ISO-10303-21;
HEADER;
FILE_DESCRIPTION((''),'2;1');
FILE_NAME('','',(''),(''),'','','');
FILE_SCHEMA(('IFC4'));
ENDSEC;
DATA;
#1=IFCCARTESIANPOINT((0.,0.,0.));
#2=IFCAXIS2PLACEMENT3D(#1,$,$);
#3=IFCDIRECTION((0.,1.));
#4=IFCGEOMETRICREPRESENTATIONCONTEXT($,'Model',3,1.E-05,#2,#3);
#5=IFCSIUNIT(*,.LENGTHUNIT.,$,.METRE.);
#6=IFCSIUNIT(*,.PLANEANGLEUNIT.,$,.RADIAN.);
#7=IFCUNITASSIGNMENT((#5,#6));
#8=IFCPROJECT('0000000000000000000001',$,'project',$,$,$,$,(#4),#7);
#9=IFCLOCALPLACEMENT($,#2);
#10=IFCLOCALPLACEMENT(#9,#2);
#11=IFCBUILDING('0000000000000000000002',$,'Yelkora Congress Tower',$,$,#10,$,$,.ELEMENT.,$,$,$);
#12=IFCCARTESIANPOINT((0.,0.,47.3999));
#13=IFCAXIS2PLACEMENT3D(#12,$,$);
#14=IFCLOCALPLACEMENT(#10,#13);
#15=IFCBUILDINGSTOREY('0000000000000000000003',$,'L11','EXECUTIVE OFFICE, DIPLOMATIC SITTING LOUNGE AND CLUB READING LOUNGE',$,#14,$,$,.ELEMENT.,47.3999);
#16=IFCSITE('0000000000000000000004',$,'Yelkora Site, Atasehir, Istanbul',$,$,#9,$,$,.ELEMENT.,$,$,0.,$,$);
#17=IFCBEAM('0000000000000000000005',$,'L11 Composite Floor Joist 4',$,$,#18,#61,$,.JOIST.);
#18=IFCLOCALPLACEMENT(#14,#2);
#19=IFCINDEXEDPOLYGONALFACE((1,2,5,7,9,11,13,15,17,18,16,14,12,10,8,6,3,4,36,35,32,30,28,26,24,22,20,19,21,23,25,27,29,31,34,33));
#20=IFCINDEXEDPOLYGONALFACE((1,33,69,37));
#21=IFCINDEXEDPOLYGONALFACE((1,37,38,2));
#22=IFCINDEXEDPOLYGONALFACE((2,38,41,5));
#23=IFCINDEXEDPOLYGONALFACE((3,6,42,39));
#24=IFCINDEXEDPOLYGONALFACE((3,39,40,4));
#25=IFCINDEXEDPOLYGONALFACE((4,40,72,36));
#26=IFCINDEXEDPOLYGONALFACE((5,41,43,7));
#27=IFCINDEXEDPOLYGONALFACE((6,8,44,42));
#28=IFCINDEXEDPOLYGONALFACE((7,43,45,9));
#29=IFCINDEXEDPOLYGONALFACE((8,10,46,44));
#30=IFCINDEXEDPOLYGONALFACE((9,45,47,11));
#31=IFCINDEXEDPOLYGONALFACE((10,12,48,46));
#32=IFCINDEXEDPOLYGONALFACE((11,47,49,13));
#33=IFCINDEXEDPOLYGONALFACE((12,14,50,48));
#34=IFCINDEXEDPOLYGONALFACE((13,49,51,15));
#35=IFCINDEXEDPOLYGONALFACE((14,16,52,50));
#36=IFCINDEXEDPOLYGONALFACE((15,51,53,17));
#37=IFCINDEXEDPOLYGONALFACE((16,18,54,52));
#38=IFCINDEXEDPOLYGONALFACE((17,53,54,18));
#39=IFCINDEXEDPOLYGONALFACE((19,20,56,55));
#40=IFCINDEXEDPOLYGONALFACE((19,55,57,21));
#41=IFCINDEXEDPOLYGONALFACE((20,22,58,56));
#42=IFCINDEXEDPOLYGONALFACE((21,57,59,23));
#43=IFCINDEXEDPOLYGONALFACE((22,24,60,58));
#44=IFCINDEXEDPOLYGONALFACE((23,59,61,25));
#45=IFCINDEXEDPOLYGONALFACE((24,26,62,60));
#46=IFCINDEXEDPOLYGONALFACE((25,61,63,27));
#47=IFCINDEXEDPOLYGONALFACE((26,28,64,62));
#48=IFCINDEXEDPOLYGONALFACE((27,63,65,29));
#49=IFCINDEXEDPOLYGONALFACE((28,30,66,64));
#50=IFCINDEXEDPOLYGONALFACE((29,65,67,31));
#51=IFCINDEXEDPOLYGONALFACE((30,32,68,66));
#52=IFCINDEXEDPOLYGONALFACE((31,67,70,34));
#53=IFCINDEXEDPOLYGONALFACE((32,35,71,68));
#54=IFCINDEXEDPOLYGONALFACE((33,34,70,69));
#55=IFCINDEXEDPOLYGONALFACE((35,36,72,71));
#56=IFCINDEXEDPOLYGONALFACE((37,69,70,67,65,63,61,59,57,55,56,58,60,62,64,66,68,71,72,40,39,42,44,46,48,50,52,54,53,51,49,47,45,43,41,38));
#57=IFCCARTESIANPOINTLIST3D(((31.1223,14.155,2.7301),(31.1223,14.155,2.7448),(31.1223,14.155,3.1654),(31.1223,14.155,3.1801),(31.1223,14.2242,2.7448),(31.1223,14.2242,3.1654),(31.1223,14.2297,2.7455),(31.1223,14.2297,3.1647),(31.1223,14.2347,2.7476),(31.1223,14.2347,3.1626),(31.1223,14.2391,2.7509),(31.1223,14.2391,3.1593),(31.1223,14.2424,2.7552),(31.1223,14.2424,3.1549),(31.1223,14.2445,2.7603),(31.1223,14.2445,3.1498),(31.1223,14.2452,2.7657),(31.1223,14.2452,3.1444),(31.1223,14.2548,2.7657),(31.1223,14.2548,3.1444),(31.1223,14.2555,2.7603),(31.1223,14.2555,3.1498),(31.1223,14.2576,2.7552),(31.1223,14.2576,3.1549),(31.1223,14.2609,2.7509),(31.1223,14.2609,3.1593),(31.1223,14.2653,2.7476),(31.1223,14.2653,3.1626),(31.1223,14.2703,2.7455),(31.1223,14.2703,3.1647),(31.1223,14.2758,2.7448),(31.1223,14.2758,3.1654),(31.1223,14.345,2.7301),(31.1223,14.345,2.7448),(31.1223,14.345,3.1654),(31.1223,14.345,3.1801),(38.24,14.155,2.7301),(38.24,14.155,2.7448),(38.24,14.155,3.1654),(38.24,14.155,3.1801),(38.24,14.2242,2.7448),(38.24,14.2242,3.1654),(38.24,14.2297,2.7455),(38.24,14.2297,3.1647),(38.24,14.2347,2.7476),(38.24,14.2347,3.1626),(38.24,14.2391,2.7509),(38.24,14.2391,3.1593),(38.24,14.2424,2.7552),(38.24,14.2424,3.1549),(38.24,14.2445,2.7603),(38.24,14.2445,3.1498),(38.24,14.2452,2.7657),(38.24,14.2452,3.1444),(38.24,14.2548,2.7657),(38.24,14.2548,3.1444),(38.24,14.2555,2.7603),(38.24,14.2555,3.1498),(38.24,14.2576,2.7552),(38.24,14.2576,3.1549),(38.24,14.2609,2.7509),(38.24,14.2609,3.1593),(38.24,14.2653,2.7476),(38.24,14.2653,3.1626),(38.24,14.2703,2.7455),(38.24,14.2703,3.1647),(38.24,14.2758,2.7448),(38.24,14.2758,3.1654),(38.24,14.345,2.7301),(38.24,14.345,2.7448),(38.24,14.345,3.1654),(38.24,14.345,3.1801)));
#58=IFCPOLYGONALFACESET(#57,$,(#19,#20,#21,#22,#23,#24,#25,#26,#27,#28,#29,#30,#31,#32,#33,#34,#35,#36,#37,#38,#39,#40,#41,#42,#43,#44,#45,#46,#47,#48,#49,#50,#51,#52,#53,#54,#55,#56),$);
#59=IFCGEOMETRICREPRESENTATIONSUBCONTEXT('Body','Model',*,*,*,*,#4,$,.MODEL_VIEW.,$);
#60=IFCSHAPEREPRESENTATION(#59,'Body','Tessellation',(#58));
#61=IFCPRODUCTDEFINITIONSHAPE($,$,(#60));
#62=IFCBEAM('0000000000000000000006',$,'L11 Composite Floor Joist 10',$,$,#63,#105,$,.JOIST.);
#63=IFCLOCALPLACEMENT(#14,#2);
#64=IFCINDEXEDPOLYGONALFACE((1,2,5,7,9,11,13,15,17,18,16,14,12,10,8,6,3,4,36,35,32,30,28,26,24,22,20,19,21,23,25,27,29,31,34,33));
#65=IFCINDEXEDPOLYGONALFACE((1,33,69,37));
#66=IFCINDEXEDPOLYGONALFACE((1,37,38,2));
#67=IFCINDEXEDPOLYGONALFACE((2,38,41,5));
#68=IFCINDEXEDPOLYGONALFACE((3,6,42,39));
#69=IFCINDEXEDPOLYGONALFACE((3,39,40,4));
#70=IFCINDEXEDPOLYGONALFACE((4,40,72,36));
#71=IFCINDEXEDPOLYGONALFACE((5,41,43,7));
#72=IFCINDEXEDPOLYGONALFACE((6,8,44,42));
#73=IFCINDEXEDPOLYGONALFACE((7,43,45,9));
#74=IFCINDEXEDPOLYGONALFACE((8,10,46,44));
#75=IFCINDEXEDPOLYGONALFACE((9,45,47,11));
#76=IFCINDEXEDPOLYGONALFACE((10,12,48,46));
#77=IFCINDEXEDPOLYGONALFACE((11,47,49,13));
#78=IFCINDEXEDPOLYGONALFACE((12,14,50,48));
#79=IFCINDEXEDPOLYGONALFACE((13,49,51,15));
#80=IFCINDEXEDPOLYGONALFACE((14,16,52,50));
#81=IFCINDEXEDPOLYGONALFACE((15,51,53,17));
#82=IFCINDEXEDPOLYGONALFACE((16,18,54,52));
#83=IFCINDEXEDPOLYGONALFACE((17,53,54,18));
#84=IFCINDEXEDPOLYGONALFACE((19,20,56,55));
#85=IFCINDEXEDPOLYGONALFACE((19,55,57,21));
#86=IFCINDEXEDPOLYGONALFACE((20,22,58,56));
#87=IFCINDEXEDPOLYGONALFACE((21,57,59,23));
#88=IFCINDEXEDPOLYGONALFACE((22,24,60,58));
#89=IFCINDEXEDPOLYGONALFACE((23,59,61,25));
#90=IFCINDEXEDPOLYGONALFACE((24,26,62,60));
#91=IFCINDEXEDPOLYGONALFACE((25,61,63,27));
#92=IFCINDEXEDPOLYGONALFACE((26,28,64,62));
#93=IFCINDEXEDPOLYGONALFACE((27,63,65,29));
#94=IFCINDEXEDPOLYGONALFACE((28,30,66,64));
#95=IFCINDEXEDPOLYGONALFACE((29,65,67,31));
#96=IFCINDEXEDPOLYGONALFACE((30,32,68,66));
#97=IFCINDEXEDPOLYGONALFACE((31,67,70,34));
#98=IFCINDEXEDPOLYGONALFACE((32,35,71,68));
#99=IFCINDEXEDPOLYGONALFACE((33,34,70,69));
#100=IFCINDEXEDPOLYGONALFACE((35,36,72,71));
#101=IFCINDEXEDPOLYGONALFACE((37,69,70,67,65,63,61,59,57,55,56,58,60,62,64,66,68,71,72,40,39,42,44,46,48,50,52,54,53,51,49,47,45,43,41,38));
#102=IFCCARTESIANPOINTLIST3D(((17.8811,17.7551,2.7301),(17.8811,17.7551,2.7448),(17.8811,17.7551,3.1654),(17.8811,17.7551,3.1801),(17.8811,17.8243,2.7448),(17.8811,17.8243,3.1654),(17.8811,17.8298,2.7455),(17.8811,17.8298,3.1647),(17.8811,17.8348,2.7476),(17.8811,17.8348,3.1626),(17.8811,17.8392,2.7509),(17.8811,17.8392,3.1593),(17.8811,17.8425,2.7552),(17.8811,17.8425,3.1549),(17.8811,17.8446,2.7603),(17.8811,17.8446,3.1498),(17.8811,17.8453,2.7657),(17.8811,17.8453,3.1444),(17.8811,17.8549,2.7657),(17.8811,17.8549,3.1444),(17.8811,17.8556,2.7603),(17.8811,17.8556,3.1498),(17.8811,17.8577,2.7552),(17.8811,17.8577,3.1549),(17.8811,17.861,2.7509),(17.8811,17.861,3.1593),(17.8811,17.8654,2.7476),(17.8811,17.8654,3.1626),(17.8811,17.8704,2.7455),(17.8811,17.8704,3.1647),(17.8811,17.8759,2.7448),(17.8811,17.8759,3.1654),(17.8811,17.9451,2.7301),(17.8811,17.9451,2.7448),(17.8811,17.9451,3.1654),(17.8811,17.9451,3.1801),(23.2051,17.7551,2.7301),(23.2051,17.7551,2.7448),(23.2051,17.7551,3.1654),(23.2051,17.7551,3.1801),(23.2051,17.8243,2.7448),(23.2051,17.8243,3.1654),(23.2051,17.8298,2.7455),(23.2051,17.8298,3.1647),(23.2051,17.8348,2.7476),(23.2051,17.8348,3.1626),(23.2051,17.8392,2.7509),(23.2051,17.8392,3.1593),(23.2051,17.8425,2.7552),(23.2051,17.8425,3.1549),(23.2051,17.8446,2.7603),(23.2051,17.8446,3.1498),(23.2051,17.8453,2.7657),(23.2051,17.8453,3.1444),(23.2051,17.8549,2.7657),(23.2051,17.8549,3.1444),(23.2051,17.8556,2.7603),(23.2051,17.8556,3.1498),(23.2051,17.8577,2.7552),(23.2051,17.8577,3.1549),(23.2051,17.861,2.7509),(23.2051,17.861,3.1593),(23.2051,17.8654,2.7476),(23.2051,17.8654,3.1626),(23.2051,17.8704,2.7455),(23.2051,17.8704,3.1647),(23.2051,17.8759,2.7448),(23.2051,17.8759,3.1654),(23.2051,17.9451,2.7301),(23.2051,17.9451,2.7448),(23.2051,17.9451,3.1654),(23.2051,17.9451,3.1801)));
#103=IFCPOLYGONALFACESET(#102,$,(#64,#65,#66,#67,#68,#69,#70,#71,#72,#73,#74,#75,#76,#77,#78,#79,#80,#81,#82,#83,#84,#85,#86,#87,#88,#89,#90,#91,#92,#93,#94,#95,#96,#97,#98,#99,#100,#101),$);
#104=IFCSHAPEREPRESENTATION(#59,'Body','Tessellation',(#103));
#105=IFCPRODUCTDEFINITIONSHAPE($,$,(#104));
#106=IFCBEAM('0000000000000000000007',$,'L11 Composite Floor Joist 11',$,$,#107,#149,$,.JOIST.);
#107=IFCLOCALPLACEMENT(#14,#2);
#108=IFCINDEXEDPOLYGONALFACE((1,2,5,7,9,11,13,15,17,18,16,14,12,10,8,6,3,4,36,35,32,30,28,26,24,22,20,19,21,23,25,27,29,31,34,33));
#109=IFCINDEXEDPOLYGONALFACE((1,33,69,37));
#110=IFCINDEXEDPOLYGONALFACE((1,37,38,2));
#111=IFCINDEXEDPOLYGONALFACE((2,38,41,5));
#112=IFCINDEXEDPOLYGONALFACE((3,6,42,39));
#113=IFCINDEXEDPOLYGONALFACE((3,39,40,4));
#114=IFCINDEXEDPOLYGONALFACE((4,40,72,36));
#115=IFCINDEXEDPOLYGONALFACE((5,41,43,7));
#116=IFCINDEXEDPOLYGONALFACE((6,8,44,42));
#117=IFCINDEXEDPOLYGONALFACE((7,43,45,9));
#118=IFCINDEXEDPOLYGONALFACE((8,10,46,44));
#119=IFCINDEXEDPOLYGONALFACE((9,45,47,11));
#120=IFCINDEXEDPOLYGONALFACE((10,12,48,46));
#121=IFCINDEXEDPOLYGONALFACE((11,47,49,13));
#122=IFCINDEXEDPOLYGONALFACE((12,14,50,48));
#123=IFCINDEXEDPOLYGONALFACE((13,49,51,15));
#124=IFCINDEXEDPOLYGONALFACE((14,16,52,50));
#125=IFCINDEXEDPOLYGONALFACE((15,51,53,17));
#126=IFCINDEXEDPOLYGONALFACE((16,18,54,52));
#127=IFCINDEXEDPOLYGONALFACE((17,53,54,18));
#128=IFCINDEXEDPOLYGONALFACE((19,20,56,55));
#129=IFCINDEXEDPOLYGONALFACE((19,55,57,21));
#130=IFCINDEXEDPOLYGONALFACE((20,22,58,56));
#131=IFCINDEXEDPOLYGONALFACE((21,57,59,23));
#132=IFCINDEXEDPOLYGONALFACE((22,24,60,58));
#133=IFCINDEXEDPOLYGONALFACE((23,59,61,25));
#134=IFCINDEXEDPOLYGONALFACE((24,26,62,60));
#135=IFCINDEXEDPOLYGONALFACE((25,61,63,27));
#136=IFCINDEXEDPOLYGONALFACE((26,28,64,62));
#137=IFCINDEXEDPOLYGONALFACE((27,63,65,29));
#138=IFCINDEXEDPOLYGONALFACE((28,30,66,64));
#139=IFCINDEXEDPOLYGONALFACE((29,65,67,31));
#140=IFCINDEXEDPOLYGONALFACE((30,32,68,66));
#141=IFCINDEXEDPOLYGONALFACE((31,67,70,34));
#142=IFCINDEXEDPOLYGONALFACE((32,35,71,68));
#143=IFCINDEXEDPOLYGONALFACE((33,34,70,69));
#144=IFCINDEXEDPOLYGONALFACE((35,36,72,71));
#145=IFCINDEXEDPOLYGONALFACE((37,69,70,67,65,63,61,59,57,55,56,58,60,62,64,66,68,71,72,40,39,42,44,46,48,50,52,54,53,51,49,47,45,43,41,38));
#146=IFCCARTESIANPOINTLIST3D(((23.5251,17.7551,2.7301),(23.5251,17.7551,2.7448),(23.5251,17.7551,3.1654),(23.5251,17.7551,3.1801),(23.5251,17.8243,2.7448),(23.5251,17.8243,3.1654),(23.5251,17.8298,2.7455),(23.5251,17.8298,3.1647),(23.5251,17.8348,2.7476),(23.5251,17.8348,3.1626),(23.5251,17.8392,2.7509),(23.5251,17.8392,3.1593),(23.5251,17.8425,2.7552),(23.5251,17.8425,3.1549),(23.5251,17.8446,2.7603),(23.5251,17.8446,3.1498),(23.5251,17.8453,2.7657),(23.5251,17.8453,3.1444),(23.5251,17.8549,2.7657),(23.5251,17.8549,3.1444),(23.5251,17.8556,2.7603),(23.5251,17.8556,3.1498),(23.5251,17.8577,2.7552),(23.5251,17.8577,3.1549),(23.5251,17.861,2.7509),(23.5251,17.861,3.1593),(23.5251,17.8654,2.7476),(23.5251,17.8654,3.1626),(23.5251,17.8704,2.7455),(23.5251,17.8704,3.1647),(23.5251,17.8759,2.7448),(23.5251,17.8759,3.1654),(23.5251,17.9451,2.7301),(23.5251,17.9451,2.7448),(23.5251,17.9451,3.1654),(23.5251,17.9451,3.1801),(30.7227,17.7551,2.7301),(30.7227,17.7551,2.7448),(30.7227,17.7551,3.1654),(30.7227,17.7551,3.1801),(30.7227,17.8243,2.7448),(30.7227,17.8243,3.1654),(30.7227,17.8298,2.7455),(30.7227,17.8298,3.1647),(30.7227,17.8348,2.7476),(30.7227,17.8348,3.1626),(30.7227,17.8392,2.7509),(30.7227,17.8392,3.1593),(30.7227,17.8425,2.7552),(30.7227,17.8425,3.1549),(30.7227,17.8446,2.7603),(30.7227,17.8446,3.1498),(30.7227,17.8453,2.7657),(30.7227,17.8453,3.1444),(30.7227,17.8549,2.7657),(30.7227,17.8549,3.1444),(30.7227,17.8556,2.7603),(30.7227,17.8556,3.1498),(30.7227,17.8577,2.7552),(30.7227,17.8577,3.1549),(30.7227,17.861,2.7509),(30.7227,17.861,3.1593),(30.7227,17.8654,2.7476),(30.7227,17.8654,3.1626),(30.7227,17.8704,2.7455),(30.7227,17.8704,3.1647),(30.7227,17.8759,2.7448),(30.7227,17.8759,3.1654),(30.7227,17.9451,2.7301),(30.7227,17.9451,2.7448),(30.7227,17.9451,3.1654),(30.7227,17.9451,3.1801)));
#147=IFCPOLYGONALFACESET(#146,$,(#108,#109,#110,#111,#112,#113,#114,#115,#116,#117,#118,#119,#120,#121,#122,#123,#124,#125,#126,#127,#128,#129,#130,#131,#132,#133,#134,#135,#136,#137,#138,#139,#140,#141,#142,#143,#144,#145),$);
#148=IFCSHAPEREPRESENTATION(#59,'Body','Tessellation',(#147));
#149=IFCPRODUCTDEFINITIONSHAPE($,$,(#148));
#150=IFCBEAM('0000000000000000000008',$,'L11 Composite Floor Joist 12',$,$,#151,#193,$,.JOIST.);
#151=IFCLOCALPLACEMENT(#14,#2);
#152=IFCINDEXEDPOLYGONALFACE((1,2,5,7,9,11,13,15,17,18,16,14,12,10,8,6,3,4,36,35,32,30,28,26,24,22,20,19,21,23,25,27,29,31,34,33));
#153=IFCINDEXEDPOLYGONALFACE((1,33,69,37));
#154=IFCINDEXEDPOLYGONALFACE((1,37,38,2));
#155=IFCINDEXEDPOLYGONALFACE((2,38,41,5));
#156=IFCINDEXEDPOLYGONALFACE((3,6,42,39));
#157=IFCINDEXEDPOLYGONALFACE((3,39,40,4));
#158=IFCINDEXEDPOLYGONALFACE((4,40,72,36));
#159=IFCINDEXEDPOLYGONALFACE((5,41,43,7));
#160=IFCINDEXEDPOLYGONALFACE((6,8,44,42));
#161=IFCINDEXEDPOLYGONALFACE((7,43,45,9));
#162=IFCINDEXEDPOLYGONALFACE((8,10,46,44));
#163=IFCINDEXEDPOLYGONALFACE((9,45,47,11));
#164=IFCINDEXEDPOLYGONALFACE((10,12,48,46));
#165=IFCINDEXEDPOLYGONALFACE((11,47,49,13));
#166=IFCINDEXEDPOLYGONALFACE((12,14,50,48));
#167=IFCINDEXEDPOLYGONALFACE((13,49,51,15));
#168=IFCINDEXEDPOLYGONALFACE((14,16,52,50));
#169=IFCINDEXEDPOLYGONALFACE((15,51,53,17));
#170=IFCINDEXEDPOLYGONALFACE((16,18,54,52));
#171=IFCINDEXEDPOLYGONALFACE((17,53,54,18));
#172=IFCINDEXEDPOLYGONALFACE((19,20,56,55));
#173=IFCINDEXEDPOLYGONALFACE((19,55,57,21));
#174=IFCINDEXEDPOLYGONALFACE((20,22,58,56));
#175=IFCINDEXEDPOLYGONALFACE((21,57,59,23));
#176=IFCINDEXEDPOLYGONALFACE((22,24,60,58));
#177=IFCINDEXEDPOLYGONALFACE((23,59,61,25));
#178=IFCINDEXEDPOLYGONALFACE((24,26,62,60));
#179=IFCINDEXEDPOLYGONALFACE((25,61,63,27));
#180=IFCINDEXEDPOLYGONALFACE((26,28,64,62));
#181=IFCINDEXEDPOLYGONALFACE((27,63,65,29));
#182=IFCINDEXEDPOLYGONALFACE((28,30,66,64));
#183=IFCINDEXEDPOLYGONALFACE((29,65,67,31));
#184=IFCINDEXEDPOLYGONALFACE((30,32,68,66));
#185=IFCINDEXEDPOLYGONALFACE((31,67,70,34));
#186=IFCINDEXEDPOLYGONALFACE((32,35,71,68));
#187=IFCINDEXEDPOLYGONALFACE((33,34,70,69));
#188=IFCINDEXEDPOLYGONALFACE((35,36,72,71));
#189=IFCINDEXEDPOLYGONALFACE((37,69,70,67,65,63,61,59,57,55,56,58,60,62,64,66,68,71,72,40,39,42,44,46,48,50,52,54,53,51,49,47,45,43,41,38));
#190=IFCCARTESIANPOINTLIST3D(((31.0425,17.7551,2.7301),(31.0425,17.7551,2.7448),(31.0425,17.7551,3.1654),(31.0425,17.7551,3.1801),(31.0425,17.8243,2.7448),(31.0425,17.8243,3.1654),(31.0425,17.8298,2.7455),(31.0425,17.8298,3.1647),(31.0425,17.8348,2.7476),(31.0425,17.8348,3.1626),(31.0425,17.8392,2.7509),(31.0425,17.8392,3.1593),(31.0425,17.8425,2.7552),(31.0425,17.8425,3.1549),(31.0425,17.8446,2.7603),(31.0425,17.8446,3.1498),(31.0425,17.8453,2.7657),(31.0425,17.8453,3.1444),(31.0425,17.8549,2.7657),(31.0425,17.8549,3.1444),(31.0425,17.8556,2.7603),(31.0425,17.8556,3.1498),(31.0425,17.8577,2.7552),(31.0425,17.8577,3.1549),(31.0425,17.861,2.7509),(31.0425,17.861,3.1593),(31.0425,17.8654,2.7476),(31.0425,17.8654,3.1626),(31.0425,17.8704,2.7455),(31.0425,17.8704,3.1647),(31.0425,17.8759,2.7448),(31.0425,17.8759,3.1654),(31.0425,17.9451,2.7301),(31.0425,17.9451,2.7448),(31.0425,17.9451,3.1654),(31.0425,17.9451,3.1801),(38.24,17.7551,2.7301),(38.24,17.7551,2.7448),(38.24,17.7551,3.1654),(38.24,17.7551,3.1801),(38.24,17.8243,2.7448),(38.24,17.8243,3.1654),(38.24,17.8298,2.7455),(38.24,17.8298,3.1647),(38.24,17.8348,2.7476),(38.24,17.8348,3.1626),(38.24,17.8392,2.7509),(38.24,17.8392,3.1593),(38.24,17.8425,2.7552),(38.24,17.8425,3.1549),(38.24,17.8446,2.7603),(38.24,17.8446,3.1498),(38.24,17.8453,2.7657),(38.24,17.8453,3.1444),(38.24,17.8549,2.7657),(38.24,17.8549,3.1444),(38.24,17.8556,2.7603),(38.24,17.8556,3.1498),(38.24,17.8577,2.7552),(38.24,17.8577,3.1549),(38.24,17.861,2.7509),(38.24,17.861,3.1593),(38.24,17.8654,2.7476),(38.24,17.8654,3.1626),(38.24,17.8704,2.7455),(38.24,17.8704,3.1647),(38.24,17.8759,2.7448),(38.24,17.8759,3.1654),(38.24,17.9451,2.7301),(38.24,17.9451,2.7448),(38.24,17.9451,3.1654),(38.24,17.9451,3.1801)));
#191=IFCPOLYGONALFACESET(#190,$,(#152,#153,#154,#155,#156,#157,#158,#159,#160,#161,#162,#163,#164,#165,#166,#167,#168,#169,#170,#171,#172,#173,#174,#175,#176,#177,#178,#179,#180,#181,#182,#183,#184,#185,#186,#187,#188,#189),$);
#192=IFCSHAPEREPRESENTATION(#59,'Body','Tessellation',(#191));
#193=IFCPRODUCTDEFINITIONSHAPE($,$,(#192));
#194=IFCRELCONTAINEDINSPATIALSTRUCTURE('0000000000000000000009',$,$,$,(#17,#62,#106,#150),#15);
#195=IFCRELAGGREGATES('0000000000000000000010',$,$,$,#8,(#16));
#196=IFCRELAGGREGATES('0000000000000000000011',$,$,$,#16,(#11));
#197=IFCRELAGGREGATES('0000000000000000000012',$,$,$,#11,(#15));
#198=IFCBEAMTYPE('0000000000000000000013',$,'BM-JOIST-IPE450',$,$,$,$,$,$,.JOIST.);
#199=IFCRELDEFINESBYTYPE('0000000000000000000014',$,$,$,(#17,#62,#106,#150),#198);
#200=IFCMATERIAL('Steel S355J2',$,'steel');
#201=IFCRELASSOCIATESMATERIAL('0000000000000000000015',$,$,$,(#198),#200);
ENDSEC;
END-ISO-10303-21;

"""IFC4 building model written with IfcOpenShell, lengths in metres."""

from ifc_helpers import new_model, si_unit, direction, frame, origin, origin_2d, place, context, subcontext, project, spatial, i_section, extrude, material, material_profile, profile_set, type_object, element, save


model = new_model("IFC4")

# Units and contexts
model_context = context("Model", 3, precision=1e-05, world=origin(), true_north=direction((0.0, 1.0)))
body_context = subcontext(model_context, "Body", "Model", "MODEL_VIEW")
ifc_project = project(units=[si_unit("LENGTHUNIT", "METRE"), si_unit("PLANEANGLEUNIT", "RADIAN")], contexts=[model_context])

# Site, building, storey
site_placement = place(None, origin())
site = spatial("IfcSite", under=ifc_project, at=site_placement, Name="Yelkora Site, Atasehir, Istanbul", CompositionType="ELEMENT", RefElevation=0.0)
building_placement = place(site_placement, origin())
building = spatial("IfcBuilding", under=site, at=building_placement, Name="Yelkora Congress Tower", CompositionType="ELEMENT")
storey_placement = place(building_placement, frame((0.0, 0.0, 47.3999)))
storey = spatial("IfcBuildingStorey", under=building, at=storey_placement, Name="L11", Description="EXECUTIVE OFFICE, DIPLOMATIC SITTING LOUNGE AND CLUB READING LOUNGE", CompositionType="ELEMENT", Elevation=47.3999)

# Beams
ifc_material_1 = material(Name="Steel S355J2", Category="steel")
ifc_material_profile_1 = material_profile(ifc_material_1, i_section(OverallWidth=0.1899, OverallDepth=0.45, WebThickness=0.0095, FlangeThickness=0.0146, FilletRadius=0.021, at=origin_2d()), Name="IPE 450")
ifc_profile_set_1 = profile_set([ifc_material_profile_1], Name="Steel S355J2")
beam_type_1 = type_object("IfcBeamType", Name="BM-JOIST-IPE450", PredefinedType="JOIST", material=ifc_profile_set_1)
for number, where, z_axis, x_axis, name in (
    (1, (31.1223, 14.25, 2.9551), (1.0, 0.0, 0.0), (0.0, 1.0, 0.0), "L11 Composite Floor Joist 4"),
):
    element("IfcBeam", number, at=place(storey_placement, frame(where, z_axis=z_axis, x_axis=x_axis)), inside=storey, type_object=beam_type_1, Name=name, PredefinedType="JOIST", context=body_context, shape_type="SweptSolid", body=[
        extrude(i_section(OverallWidth=0.1899, OverallDepth=0.45, WebThickness=0.0095, FlangeThickness=0.0146, FilletRadius=0.021, at=origin_2d()), origin(), (0.0, 0.0, 1.0), 7.1177),
    ])
beam_1_placement = place(storey_placement, frame((17.8811, 17.8501, 2.9551), z_axis=(1.0, 0.0, 0.0), x_axis=(0.0, 1.0, 0.0)))
element("IfcBeam", 2, at=beam_1_placement, inside=storey, type_object=beam_type_1, Name="L11 Composite Floor Joist 10", PredefinedType="JOIST", context=body_context, shape_type="SweptSolid", body=[
    extrude(i_section(OverallWidth=0.1899, OverallDepth=0.45, WebThickness=0.0095, FlangeThickness=0.0146, FilletRadius=0.021, at=origin_2d()), origin(), (0.0, 0.0, 1.0), 5.324),
])
for number, where, z_axis, x_axis, name in (
    (3, (23.5251, 17.8501, 2.9551), (1.0, 0.0, 0.0), (0.0, 1.0, 0.0), "L11 Composite Floor Joist 11"),
    (4, (31.0425, 17.8501, 2.9551), (1.0, 0.0, 0.0), (0.0, 1.0, 0.0), "L11 Composite Floor Joist 12"),
):
    element("IfcBeam", number, at=place(storey_placement, frame(where, z_axis=z_axis, x_axis=x_axis)), inside=storey, type_object=beam_type_1, Name=name, PredefinedType="JOIST", context=body_context, shape_type="SweptSolid", body=[
        extrude(i_section(OverallWidth=0.1899, OverallDepth=0.45, WebThickness=0.0095, FlangeThickness=0.0146, FilletRadius=0.021, at=origin_2d()), origin(), (0.0, 0.0, 1.0), 7.1975),
    ])

save(model, "model.ifc")
